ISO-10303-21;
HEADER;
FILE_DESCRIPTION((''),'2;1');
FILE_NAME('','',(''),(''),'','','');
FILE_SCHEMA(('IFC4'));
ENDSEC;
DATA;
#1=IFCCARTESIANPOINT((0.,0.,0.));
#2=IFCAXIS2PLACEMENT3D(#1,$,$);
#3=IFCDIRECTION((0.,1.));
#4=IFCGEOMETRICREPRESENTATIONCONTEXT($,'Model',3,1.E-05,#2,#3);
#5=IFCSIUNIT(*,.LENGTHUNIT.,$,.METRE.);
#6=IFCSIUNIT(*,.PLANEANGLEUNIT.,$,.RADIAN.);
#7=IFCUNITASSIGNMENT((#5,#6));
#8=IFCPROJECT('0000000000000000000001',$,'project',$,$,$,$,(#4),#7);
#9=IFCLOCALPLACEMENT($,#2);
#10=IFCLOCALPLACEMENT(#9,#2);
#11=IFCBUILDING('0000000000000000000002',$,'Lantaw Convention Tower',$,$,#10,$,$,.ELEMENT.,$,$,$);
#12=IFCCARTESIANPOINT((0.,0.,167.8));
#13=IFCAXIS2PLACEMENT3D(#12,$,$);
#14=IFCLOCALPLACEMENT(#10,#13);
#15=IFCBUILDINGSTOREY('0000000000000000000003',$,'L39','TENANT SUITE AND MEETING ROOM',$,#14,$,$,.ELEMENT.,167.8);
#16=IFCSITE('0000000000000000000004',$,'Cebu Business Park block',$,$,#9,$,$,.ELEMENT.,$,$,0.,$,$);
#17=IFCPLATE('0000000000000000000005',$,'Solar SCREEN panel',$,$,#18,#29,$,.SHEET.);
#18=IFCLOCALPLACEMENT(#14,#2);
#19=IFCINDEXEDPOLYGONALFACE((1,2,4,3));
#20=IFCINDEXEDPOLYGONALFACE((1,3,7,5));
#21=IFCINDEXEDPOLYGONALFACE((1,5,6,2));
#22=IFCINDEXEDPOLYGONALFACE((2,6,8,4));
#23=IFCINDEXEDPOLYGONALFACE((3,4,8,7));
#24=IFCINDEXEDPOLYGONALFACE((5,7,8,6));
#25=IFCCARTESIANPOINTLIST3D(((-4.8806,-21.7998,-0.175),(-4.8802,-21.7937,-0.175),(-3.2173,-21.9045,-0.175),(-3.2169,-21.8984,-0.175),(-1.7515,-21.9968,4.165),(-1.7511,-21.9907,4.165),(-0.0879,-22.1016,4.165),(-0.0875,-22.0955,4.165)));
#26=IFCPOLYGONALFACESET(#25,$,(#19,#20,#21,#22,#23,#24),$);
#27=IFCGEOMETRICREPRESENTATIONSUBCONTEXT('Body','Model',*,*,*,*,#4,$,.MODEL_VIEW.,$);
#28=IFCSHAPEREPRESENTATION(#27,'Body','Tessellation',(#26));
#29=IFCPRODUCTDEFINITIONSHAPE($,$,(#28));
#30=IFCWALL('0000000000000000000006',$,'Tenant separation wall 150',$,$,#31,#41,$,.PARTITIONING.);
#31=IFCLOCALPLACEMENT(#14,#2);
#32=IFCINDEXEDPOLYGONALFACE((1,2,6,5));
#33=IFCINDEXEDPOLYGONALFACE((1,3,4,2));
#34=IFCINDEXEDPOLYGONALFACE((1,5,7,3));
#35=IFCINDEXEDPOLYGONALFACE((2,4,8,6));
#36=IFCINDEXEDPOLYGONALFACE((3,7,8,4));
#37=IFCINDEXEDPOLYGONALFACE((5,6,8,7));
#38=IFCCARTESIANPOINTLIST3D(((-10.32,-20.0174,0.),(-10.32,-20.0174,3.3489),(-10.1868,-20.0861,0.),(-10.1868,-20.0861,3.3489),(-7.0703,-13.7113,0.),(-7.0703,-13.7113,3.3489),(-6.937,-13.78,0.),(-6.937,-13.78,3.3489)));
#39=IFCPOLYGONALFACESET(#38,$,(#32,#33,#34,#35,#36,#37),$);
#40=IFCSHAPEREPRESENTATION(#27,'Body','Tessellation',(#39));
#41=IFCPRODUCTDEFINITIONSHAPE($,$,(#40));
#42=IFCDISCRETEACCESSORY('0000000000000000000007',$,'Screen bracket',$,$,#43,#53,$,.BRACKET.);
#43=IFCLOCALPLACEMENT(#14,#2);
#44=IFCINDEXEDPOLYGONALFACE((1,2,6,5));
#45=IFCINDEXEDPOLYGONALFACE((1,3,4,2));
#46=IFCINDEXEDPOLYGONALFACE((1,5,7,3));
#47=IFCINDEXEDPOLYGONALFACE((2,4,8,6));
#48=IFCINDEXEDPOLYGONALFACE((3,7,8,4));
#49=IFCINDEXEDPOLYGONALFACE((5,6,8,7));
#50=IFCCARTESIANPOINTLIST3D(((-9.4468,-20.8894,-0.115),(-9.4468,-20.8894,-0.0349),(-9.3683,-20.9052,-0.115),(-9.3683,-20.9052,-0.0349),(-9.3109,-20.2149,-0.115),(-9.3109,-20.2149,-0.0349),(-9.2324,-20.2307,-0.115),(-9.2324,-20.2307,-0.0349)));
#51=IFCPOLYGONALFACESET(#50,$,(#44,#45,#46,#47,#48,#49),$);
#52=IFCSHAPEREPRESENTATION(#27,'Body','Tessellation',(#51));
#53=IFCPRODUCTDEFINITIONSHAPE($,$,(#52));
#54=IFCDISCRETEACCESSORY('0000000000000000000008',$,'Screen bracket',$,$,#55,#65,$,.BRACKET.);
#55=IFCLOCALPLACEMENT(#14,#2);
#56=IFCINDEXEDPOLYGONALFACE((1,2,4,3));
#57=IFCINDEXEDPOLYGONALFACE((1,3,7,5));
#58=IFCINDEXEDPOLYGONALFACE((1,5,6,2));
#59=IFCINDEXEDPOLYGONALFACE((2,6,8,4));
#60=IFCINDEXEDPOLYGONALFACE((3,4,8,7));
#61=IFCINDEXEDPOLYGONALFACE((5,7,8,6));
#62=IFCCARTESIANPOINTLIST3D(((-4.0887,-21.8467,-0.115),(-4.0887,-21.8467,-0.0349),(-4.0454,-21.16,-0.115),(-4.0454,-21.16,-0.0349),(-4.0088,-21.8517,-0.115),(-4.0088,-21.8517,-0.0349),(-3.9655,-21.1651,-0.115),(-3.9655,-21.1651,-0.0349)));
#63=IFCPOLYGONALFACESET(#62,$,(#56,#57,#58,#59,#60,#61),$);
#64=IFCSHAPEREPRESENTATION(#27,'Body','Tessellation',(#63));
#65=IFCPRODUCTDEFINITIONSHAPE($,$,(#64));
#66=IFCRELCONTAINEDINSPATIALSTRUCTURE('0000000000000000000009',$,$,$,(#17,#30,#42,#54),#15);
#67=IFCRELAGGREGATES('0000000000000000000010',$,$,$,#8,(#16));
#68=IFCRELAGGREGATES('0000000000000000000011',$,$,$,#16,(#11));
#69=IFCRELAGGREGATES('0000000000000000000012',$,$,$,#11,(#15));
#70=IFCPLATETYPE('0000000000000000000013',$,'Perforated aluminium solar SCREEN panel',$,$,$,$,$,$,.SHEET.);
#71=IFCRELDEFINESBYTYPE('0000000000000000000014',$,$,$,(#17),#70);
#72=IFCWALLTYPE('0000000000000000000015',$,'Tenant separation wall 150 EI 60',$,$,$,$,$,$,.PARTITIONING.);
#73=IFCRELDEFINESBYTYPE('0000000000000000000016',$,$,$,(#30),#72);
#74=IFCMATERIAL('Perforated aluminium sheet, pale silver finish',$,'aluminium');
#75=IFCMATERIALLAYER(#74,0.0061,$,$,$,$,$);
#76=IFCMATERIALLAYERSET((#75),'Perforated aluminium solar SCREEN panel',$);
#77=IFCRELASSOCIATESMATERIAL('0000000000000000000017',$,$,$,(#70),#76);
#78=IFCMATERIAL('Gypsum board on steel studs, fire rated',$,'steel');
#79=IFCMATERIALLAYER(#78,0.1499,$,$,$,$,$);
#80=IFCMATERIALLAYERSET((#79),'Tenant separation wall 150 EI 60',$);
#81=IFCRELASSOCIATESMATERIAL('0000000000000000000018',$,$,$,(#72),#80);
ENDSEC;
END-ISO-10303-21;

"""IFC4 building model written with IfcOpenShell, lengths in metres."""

from ifc_helpers import new_model, si_unit, direction, frame, frame_2d, origin, origin_2d, place, context, subcontext, project, spatial, polyline, rectangle, outline, extrude, material, layer, layer_set, type_object, element, save


model = new_model("IFC4")

# Units and contexts
model_context = context("Model", 3, precision=1e-05, world=origin(), true_north=direction((0.0, 1.0)))
body_context = subcontext(model_context, "Body", "Model", "MODEL_VIEW")
ifc_project = project(units=[si_unit("LENGTHUNIT", "METRE"), si_unit("PLANEANGLEUNIT", "RADIAN")], contexts=[model_context])

# Site, building, storey
site_placement = place(None, origin())
site = spatial("IfcSite", under=ifc_project, at=site_placement, Name="Cebu Business Park block", CompositionType="ELEMENT", RefElevation=0.0)
building_placement = place(site_placement, origin())
building = spatial("IfcBuilding", under=site, at=building_placement, Name="Lantaw Convention Tower", CompositionType="ELEMENT")
storey_placement = place(building_placement, frame((0.0, 0.0, 167.8)))
storey = spatial("IfcBuildingStorey", under=building, at=storey_placement, Name="L39", Description="TENANT SUITE AND MEETING ROOM", CompositionType="ELEMENT", Elevation=167.8)

# Plate
ifc_material_1 = material(Name="Perforated aluminium sheet, pale silver finish", Category="aluminium")
ifc_layer_1 = layer(ifc_material_1, 0.0061)
ifc_layer_set_1 = layer_set([ifc_layer_1], Name="Perforated aluminium solar SCREEN panel")
plate_type_1 = type_object("IfcPlateType", Name="Perforated aluminium solar SCREEN panel", PredefinedType="SHEET", material=ifc_layer_set_1)
plate_1_placement = place(storey_placement, frame((-4.8806, -21.7998, -0.175), z_axis=(-0.062839, -0.998024, 0.000002), x_axis=(0.998024, -0.062839, 0.0)))
element("IfcPlate", 1, at=plate_1_placement, inside=storey, type_object=plate_type_1, Name="Solar SCREEN panel", PredefinedType="SHEET", context=body_context, shape_type="SweptSolid", body=[
    extrude(outline(polyline([(0.0, 0.0), (1.6666, 0.0), (4.8022, 4.3401), (3.1353, 4.3401), (0.0, 0.0)])), origin(), (0.0, 0.0, -1.0), 0.0061),
])

# Wall
ifc_material_2 = material(Name="Gypsum board on steel studs, fire rated", Category="steel")
ifc_layer_2 = layer(ifc_material_2, 0.1499)
ifc_layer_set_2 = layer_set([ifc_layer_2], Name="Tenant separation wall 150 EI 60")
wall_type = type_object("IfcWallType", Name="Tenant separation wall 150 EI 60", PredefinedType="PARTITIONING", material=ifc_layer_set_2)
wall_placement = place(storey_placement, frame((-10.2534, -20.0518, 0.0), z_axis=(0.0, 0.0, 1.0), x_axis=(0.458083, 0.88891, 0.0)))
element("IfcWall", 2, at=wall_placement, inside=storey, type_object=wall_type, Name="Tenant separation wall 150", PredefinedType="PARTITIONING", context=body_context, shape_type="SweptSolid", body=[
    extrude(rectangle(XDim=7.0942, YDim=0.1499, at=frame_2d((3.5471, 0.0))), origin(), (0.0, 0.0, 1.0), 3.3489),
])

# Discrete accessories
for number, where, z_axis, x_axis, name in (
    (3, (-9.3396, -20.5601, -0.115), (0.0, 0.0, 1.0), (0.980302, -0.197507, 0.0), "Screen bracket"),
    (4, (-4.0271, -21.5059, -0.115), (0.0, 0.0, 1.0), (0.998022, -0.062865, 0.0), "Screen bracket"),
):
    element("IfcDiscreteAccessory", number, at=place(storey_placement, frame(where, z_axis=z_axis, x_axis=x_axis)), inside=storey, Name=name, PredefinedType="BRACKET", context=body_context, shape_type="SweptSolid", body=[
        extrude(rectangle(XDim=0.0801, YDim=0.688, at=origin_2d()), origin(), (0.0, 0.0, 1.0), 0.0801),
    ])

save(model, "model.ifc")
